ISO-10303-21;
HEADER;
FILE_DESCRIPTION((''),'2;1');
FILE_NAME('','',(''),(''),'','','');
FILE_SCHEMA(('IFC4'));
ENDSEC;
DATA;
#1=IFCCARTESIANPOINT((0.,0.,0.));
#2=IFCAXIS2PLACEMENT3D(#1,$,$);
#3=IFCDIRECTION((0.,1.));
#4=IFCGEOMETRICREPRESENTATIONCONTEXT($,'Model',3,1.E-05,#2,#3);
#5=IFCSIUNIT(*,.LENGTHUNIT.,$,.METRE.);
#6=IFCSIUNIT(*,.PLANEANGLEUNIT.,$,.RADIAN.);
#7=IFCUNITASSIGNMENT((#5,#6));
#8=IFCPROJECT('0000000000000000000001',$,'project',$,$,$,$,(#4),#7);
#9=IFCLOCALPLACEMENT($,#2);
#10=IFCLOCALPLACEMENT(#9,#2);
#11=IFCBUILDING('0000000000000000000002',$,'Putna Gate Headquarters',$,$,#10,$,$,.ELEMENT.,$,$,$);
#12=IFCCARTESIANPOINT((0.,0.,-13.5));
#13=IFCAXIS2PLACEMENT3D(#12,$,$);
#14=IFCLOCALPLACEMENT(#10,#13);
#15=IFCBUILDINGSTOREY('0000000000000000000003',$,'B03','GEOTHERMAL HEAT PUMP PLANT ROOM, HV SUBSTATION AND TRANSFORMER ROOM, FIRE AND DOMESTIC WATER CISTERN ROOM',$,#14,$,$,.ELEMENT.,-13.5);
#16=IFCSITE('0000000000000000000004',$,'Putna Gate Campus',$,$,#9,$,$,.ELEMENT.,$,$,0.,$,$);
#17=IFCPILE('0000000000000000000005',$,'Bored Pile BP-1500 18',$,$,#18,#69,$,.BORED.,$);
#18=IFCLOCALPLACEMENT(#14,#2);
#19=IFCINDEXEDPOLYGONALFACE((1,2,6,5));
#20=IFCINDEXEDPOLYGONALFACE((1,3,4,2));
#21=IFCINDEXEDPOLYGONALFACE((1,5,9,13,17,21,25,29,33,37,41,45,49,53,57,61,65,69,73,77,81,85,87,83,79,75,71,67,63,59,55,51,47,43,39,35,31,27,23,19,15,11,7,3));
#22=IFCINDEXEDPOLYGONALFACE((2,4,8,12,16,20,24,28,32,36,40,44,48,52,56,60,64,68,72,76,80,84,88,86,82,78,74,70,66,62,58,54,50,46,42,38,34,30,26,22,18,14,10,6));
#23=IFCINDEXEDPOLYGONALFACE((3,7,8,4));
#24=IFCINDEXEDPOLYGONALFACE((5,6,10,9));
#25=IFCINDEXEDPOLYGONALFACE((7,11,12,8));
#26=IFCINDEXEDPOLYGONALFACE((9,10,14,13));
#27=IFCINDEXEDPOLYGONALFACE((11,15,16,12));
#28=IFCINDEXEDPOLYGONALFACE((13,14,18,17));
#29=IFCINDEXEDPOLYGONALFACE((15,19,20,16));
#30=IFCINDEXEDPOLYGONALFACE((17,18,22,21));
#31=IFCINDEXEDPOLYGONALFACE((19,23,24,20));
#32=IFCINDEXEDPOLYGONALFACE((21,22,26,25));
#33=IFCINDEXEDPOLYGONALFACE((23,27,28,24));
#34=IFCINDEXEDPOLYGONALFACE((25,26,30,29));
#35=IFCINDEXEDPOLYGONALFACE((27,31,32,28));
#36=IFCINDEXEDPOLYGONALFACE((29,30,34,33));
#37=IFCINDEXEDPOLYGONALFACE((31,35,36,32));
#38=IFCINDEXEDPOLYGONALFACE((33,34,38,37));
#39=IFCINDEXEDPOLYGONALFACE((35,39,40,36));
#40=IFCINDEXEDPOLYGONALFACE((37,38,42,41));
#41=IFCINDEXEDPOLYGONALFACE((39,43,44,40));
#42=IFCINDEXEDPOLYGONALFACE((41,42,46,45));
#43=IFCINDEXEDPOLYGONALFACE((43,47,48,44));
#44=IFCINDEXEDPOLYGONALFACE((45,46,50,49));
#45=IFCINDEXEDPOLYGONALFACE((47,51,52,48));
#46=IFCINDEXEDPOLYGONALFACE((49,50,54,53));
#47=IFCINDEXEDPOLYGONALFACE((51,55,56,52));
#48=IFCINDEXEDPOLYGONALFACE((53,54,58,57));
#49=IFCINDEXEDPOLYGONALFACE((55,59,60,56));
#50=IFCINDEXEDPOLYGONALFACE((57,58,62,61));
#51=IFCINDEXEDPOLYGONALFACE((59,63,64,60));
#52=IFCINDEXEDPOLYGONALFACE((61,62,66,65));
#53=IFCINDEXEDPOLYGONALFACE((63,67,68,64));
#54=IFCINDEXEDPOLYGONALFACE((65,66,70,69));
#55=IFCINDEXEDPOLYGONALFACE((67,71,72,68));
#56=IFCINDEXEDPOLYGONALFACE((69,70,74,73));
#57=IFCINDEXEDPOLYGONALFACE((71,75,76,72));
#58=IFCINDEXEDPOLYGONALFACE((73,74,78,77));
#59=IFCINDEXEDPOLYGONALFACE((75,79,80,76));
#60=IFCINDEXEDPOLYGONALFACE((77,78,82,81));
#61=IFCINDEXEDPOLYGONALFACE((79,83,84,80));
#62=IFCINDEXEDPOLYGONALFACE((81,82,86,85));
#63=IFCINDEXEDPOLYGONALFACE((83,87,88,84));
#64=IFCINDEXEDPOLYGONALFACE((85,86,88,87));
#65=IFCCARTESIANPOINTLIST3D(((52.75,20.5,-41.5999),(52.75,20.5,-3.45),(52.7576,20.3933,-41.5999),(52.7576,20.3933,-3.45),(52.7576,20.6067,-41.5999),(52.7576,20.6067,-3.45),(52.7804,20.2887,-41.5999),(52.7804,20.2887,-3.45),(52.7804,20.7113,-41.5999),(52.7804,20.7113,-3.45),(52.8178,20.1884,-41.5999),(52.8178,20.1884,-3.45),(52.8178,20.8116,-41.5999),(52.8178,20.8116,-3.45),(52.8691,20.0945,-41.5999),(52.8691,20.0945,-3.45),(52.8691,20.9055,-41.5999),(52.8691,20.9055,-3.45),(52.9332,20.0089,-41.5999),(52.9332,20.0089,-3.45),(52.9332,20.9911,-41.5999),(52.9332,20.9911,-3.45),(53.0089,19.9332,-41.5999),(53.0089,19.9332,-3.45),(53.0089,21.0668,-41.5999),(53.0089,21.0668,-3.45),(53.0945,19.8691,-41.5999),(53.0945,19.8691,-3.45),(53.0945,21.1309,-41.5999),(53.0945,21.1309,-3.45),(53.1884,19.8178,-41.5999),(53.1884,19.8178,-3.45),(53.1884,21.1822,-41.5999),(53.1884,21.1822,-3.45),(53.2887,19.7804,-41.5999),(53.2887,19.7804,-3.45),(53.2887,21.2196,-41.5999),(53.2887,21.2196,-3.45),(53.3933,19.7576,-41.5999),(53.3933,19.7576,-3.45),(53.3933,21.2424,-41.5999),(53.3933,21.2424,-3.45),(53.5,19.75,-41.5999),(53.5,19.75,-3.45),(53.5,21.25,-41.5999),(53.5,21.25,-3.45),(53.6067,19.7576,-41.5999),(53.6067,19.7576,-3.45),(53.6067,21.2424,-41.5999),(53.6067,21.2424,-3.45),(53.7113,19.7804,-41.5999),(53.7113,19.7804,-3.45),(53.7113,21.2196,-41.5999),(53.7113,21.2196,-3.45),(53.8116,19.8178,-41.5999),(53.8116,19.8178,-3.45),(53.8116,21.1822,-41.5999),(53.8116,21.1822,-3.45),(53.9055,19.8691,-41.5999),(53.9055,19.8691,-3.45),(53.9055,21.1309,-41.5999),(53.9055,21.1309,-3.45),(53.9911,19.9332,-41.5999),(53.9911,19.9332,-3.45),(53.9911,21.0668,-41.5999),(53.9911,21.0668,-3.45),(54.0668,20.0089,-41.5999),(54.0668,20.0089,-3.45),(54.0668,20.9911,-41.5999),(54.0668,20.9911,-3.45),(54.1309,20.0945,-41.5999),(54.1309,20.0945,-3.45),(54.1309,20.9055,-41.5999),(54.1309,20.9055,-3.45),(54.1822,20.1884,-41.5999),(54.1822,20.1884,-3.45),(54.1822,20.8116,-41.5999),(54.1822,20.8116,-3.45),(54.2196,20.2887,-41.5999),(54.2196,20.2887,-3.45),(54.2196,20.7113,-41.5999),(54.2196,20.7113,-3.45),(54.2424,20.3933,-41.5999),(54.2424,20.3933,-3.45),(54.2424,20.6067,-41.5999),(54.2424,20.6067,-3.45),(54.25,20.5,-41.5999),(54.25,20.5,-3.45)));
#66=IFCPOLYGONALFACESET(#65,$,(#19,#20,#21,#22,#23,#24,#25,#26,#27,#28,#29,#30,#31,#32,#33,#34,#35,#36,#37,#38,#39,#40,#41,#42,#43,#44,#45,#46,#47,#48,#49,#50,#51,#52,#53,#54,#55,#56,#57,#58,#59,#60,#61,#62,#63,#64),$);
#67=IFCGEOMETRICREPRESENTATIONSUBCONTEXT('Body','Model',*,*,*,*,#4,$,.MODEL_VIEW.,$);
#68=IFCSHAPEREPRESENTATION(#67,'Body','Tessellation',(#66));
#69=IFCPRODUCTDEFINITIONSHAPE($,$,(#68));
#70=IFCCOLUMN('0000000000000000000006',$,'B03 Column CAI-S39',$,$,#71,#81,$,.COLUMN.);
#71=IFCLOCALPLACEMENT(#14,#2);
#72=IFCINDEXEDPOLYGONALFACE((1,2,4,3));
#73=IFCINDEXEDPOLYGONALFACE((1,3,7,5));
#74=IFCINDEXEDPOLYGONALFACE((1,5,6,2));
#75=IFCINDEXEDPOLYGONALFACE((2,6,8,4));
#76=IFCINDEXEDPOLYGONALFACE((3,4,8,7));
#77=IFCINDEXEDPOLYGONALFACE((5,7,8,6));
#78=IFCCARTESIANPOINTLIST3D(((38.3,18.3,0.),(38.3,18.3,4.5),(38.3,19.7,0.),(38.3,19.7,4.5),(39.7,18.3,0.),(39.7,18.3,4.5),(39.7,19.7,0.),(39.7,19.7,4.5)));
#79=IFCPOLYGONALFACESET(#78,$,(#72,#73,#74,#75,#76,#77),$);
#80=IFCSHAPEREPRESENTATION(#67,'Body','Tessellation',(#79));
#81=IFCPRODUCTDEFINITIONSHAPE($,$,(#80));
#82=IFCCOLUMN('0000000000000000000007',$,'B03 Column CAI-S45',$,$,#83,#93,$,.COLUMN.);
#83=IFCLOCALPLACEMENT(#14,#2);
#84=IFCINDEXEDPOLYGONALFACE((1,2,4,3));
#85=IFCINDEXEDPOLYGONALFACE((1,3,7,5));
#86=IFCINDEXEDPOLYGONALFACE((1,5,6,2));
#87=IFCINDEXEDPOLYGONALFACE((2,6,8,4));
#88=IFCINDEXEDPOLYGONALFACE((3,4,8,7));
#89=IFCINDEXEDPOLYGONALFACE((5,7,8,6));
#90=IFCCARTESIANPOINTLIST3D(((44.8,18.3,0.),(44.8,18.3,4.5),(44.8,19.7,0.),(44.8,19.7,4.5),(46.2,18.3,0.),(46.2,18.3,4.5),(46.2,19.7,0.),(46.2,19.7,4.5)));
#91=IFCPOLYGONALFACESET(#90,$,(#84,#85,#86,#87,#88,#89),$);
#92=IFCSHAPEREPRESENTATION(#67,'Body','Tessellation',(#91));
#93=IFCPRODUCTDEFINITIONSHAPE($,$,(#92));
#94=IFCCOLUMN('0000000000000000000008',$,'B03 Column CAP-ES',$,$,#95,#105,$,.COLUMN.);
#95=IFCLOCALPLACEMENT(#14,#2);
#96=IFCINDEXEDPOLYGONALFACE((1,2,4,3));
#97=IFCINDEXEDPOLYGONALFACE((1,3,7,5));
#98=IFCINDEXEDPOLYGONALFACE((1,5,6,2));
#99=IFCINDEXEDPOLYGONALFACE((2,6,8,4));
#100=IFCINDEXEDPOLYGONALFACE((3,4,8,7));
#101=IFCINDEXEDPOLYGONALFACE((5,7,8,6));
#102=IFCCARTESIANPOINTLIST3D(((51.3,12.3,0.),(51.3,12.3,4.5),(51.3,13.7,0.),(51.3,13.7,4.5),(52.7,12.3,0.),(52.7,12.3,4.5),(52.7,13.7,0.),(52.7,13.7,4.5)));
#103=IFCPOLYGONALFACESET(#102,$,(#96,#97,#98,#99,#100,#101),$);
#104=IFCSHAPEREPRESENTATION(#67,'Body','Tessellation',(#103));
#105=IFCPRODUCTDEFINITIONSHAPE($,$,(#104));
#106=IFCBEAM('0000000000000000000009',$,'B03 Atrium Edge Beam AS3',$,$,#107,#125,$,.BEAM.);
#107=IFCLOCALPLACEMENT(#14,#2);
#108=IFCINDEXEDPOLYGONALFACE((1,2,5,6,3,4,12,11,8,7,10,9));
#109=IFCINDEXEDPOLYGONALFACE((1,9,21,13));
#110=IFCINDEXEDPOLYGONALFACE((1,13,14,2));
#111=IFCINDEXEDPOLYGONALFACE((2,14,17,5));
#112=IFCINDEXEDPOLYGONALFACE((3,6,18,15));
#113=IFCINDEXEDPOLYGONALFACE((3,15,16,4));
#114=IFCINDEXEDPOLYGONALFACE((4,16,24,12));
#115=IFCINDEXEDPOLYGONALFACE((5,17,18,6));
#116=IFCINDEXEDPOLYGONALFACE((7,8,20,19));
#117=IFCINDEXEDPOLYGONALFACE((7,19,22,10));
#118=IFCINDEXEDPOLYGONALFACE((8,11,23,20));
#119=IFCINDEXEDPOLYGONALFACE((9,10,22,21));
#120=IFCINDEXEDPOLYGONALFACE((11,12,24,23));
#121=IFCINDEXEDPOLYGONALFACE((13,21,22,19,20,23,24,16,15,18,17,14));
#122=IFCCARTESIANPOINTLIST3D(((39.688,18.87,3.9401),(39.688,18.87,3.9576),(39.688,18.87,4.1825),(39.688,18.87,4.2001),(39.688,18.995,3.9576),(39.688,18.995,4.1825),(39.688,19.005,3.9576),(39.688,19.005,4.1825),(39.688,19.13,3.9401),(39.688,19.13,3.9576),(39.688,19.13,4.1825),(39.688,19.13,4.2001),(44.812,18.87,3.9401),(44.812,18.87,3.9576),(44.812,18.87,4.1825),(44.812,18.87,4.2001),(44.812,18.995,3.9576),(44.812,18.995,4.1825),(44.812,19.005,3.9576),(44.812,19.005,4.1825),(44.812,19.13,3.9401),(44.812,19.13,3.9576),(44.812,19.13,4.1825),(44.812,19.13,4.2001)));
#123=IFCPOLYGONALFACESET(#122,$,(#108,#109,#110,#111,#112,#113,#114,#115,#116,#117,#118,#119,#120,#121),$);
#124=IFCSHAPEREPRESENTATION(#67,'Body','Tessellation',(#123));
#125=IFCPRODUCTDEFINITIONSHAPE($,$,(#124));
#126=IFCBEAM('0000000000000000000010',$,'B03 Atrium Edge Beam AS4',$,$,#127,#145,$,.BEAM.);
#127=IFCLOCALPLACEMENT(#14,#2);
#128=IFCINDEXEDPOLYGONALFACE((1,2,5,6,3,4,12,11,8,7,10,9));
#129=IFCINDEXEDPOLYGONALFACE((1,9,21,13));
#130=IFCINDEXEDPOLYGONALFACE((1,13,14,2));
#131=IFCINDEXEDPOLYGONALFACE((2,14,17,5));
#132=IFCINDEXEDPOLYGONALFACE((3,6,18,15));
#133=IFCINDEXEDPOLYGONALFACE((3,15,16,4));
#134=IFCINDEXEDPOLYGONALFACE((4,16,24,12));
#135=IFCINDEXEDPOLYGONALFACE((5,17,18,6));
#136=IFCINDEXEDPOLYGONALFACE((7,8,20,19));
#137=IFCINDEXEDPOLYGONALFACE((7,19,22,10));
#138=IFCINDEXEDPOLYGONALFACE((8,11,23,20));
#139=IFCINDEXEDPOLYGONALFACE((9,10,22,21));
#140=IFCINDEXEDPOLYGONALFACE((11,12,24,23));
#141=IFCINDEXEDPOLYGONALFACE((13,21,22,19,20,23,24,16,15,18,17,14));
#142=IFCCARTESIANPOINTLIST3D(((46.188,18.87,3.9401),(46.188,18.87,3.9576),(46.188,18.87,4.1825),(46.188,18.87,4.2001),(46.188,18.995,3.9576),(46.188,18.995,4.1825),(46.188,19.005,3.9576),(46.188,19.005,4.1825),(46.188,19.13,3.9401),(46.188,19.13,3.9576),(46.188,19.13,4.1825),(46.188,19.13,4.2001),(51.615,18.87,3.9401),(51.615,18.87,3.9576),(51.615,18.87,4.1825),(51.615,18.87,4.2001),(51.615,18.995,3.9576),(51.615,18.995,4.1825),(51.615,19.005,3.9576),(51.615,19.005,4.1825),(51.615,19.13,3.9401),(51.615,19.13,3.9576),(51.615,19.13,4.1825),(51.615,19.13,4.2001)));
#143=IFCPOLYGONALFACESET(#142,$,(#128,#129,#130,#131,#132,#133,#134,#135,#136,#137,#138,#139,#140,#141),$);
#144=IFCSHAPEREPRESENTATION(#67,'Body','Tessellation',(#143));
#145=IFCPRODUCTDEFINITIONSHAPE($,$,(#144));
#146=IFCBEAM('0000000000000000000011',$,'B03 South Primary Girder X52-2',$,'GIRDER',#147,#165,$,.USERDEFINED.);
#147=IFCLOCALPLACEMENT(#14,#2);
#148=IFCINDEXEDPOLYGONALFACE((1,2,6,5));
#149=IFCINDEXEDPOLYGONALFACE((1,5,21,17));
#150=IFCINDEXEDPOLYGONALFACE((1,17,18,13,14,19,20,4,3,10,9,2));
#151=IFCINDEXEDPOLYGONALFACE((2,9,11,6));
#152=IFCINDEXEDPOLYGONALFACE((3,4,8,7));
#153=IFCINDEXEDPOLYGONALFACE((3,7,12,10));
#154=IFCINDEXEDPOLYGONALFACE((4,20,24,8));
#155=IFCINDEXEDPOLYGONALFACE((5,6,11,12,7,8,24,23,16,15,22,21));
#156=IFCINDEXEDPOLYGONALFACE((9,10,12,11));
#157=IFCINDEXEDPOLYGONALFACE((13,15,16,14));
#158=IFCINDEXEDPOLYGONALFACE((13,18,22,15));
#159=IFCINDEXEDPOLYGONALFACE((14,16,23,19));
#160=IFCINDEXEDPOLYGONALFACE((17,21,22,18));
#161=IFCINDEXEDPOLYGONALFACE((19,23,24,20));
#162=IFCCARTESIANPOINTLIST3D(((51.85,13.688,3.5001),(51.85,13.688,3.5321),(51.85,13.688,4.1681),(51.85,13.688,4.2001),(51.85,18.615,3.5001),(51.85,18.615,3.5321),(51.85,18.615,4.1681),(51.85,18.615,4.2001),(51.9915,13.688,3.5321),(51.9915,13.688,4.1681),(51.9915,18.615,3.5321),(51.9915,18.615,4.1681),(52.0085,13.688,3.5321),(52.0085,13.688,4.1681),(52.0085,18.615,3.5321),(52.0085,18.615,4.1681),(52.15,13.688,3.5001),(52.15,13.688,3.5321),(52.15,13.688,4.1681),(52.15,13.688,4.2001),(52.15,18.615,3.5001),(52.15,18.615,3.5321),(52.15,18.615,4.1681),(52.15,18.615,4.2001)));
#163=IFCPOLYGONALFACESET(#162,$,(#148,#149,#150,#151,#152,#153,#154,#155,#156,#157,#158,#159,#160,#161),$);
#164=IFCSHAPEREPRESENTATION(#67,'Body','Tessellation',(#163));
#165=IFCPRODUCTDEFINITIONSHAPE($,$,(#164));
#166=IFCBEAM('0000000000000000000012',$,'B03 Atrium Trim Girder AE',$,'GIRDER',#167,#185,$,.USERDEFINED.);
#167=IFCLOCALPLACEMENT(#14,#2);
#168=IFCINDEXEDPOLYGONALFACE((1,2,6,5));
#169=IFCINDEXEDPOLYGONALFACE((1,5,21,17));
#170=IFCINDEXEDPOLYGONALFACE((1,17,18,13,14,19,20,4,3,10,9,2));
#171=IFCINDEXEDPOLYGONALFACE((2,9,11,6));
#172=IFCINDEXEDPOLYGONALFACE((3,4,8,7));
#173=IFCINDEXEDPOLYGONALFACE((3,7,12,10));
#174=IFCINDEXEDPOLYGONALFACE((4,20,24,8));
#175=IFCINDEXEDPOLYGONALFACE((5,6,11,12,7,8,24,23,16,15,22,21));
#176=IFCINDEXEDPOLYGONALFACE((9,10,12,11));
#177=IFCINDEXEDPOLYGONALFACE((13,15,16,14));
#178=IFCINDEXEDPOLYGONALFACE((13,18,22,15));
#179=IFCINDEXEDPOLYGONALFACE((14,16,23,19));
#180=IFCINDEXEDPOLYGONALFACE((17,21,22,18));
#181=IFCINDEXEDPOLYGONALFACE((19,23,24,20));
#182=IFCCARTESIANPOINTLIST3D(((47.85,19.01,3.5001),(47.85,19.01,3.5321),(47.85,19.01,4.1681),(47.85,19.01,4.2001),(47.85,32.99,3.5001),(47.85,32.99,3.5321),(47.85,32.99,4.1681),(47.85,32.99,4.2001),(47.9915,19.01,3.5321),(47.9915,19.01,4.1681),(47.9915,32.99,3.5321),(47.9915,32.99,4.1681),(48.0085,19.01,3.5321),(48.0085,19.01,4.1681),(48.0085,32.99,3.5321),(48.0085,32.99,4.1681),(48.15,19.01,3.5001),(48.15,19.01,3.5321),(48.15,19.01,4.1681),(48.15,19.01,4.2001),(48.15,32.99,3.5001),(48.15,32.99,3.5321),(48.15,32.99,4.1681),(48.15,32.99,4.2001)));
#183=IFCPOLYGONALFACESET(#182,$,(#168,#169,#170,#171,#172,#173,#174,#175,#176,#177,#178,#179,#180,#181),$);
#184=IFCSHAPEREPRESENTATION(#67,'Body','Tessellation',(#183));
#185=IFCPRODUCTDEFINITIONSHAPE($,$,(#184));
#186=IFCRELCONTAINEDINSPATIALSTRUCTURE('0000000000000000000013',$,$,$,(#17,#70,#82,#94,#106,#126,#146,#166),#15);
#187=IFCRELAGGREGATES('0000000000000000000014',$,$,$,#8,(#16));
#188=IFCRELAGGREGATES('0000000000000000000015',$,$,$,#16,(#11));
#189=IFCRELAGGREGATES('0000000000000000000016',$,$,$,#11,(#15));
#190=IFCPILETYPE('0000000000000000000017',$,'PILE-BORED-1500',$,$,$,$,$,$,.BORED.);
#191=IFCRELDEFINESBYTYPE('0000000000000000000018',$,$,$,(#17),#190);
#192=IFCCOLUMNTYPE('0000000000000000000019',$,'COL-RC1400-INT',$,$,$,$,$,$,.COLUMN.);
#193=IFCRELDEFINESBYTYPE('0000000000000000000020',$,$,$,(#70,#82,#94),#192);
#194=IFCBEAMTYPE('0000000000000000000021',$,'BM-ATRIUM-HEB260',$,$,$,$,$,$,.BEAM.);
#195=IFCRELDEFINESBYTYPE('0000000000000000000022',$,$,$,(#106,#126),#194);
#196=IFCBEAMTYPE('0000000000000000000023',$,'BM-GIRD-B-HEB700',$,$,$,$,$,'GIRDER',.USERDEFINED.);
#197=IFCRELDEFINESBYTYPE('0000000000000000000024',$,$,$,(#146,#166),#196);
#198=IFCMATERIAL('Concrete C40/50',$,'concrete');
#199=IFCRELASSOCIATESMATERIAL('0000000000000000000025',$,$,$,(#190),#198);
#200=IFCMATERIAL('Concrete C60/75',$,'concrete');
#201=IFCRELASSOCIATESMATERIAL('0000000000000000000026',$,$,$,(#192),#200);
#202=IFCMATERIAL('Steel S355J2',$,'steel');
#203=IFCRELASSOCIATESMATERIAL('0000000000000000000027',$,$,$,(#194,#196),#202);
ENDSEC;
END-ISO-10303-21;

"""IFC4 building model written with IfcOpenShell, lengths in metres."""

from ifc_helpers import new_model, si_unit, direction, frame, origin, origin_2d, place, context, subcontext, project, spatial, rectangle, circle, i_section, extrude, material, material_profile, profile_set, type_object, element, save


model = new_model("IFC4")

# Units and contexts
model_context = context("Model", 3, precision=1e-05, world=origin(), true_north=direction((0.0, 1.0)))
body_context = subcontext(model_context, "Body", "Model", "MODEL_VIEW")
ifc_project = project(units=[si_unit("LENGTHUNIT", "METRE"), si_unit("PLANEANGLEUNIT", "RADIAN")], contexts=[model_context])

# Site, building, storey
site_placement = place(None, origin())
site = spatial("IfcSite", under=ifc_project, at=site_placement, Name="Putna Gate Campus", CompositionType="ELEMENT", RefElevation=0.0)
building_placement = place(site_placement, origin())
building = spatial("IfcBuilding", under=site, at=building_placement, Name="Putna Gate Headquarters", CompositionType="ELEMENT")
storey_placement = place(building_placement, frame((0.0, 0.0, -13.5)))
storey = spatial("IfcBuildingStorey", under=building, at=storey_placement, Name="B03", Description="GEOTHERMAL HEAT PUMP PLANT ROOM, HV SUBSTATION AND TRANSFORMER ROOM, FIRE AND DOMESTIC WATER CISTERN ROOM", CompositionType="ELEMENT", Elevation=-13.5)

# Pile
ifc_material_1 = material(Name="Concrete C40/50", Category="concrete")
ifc_material_profile_1 = material_profile(ifc_material_1, circle(Radius=0.75, at=origin_2d()), Name="Concrete C40/50")
ifc_profile_set_1 = profile_set([ifc_material_profile_1], Name="Concrete C40/50")
pile_type_1 = type_object("IfcPileType", Name="PILE-BORED-1500", PredefinedType="BORED", material=ifc_profile_set_1)
for number, where, z_axis, x_axis, name in (
    (1, (53.5, 20.5, -3.45), (0.0, 0.0, -1.0), (1.0, 0.0, 0.0), "Bored Pile BP-1500 18"),
):
    element("IfcPile", number, at=place(storey_placement, frame(where, z_axis=z_axis, x_axis=x_axis)), inside=storey, type_object=pile_type_1, Name=name, PredefinedType="BORED", context=body_context, shape_type="SweptSolid", body=[
        extrude(circle(Radius=0.75, at=origin_2d()), origin(), (0.0, 0.0, 1.0), 38.1499),
    ])

# Columns
ifc_material_2 = material(Name="Concrete C60/75", Category="concrete")
ifc_material_profile_2 = material_profile(ifc_material_2, rectangle(XDim=1.3999, YDim=1.3999, at=origin_2d()), Name="Concrete C60/75")
ifc_profile_set_2 = profile_set([ifc_material_profile_2], Name="Concrete C60/75")
column_type = type_object("IfcColumnType", Name="COL-RC1400-INT", PredefinedType="COLUMN", material=ifc_profile_set_2)
for number, where, z_axis, x_axis, name in (
    (2, (39.0, 19.0, 0.0), (0.0, 0.0, 1.0), (1.0, 0.0, 0.0), "B03 Column CAI-S39"),
    (3, (45.5, 19.0, 0.0), (0.0, 0.0, 1.0), (1.0, 0.0, 0.0), "B03 Column CAI-S45"),
    (4, (52.0, 13.0, 0.0), (0.0, 0.0, 1.0), (1.0, 0.0, 0.0), "B03 Column CAP-ES"),
):
    element("IfcColumn", number, at=place(storey_placement, frame(where, z_axis=z_axis, x_axis=x_axis)), inside=storey, type_object=column_type, Name=name, PredefinedType="COLUMN", context=body_context, shape_type="SweptSolid", body=[
        extrude(rectangle(XDim=1.3999, YDim=1.3999, at=origin_2d()), origin(), (0.0, 0.0, 1.0), 4.5),
    ])

# Beams
ifc_material_3 = material(Name="Steel S355J2", Category="steel")
ifc_material_profile_3 = material_profile(ifc_material_3, i_section(OverallWidth=0.26, OverallDepth=0.26, WebThickness=0.01, FlangeThickness=0.0176, at=origin_2d()), Name="Steel S355J2")
ifc_profile_set_3 = profile_set([ifc_material_profile_3], Name="Steel S355J2")
beam_type_1 = type_object("IfcBeamType", Name="BM-ATRIUM-HEB260", PredefinedType="BEAM", material=ifc_profile_set_3)
beam_1_placement = place(storey_placement, frame((39.688, 19.0, 4.0701), z_axis=(1.0, 0.0, 0.0), x_axis=(0.0, 1.0, 0.0)))
element("IfcBeam", 5, at=beam_1_placement, inside=storey, type_object=beam_type_1, Name="B03 Atrium Edge Beam AS3", PredefinedType="BEAM", context=body_context, shape_type="SweptSolid", body=[
    extrude(i_section(OverallWidth=0.26, OverallDepth=0.26, WebThickness=0.01, FlangeThickness=0.0176, at=origin_2d()), origin(), (0.0, 0.0, 1.0), 5.124),
])
beam_2_placement = place(storey_placement, frame((46.188, 19.0, 4.0701), z_axis=(1.0, 0.0, 0.0), x_axis=(0.0, 1.0, 0.0)))
element("IfcBeam", 6, at=beam_2_placement, inside=storey, type_object=beam_type_1, Name="B03 Atrium Edge Beam AS4", PredefinedType="BEAM", context=body_context, shape_type="SweptSolid", body=[
    extrude(i_section(OverallWidth=0.26, OverallDepth=0.26, WebThickness=0.01, FlangeThickness=0.0176, at=origin_2d()), origin(), (0.0, 0.0, 1.0), 5.427),
])
ifc_material_profile_4 = material_profile(ifc_material_3, i_section(OverallWidth=0.3, OverallDepth=0.7, WebThickness=0.0171, FlangeThickness=0.032, at=origin_2d()), Name="Steel S355J2")
ifc_profile_set_4 = profile_set([ifc_material_profile_4], Name="Steel S355J2")
beam_type_2 = type_object("IfcBeamType", Name="BM-GIRD-B-HEB700", ElementType="GIRDER", PredefinedType="USERDEFINED", material=ifc_profile_set_4)
beam_3_placement = place(storey_placement, frame((52.0, 13.688, 3.8501), z_axis=(0.0, 1.0, 0.0), x_axis=(-1.0, 0.0, 0.0)))
element("IfcBeam", 7, at=beam_3_placement, inside=storey, type_object=beam_type_2, Name="B03 South Primary Girder X52-2", ObjectType="GIRDER", PredefinedType="USERDEFINED", context=body_context, shape_type="SweptSolid", body=[
    extrude(i_section(OverallWidth=0.3, OverallDepth=0.7, WebThickness=0.0171, FlangeThickness=0.032, at=origin_2d()), origin(), (0.0, 0.0, 1.0), 4.927),
])
beam_4_placement = place(storey_placement, frame((48.0, 19.01, 3.8501), z_axis=(0.0, 1.0, 0.0), x_axis=(-1.0, 0.0, 0.0)))
element("IfcBeam", 8, at=beam_4_placement, inside=storey, type_object=beam_type_2, Name="B03 Atrium Trim Girder AE", ObjectType="GIRDER", PredefinedType="USERDEFINED", context=body_context, shape_type="SweptSolid", body=[
    extrude(i_section(OverallWidth=0.3, OverallDepth=0.7, WebThickness=0.0171, FlangeThickness=0.032, at=origin_2d()), origin(), (0.0, 0.0, 1.0), 13.98),
])

save(model, "model.ifc")
